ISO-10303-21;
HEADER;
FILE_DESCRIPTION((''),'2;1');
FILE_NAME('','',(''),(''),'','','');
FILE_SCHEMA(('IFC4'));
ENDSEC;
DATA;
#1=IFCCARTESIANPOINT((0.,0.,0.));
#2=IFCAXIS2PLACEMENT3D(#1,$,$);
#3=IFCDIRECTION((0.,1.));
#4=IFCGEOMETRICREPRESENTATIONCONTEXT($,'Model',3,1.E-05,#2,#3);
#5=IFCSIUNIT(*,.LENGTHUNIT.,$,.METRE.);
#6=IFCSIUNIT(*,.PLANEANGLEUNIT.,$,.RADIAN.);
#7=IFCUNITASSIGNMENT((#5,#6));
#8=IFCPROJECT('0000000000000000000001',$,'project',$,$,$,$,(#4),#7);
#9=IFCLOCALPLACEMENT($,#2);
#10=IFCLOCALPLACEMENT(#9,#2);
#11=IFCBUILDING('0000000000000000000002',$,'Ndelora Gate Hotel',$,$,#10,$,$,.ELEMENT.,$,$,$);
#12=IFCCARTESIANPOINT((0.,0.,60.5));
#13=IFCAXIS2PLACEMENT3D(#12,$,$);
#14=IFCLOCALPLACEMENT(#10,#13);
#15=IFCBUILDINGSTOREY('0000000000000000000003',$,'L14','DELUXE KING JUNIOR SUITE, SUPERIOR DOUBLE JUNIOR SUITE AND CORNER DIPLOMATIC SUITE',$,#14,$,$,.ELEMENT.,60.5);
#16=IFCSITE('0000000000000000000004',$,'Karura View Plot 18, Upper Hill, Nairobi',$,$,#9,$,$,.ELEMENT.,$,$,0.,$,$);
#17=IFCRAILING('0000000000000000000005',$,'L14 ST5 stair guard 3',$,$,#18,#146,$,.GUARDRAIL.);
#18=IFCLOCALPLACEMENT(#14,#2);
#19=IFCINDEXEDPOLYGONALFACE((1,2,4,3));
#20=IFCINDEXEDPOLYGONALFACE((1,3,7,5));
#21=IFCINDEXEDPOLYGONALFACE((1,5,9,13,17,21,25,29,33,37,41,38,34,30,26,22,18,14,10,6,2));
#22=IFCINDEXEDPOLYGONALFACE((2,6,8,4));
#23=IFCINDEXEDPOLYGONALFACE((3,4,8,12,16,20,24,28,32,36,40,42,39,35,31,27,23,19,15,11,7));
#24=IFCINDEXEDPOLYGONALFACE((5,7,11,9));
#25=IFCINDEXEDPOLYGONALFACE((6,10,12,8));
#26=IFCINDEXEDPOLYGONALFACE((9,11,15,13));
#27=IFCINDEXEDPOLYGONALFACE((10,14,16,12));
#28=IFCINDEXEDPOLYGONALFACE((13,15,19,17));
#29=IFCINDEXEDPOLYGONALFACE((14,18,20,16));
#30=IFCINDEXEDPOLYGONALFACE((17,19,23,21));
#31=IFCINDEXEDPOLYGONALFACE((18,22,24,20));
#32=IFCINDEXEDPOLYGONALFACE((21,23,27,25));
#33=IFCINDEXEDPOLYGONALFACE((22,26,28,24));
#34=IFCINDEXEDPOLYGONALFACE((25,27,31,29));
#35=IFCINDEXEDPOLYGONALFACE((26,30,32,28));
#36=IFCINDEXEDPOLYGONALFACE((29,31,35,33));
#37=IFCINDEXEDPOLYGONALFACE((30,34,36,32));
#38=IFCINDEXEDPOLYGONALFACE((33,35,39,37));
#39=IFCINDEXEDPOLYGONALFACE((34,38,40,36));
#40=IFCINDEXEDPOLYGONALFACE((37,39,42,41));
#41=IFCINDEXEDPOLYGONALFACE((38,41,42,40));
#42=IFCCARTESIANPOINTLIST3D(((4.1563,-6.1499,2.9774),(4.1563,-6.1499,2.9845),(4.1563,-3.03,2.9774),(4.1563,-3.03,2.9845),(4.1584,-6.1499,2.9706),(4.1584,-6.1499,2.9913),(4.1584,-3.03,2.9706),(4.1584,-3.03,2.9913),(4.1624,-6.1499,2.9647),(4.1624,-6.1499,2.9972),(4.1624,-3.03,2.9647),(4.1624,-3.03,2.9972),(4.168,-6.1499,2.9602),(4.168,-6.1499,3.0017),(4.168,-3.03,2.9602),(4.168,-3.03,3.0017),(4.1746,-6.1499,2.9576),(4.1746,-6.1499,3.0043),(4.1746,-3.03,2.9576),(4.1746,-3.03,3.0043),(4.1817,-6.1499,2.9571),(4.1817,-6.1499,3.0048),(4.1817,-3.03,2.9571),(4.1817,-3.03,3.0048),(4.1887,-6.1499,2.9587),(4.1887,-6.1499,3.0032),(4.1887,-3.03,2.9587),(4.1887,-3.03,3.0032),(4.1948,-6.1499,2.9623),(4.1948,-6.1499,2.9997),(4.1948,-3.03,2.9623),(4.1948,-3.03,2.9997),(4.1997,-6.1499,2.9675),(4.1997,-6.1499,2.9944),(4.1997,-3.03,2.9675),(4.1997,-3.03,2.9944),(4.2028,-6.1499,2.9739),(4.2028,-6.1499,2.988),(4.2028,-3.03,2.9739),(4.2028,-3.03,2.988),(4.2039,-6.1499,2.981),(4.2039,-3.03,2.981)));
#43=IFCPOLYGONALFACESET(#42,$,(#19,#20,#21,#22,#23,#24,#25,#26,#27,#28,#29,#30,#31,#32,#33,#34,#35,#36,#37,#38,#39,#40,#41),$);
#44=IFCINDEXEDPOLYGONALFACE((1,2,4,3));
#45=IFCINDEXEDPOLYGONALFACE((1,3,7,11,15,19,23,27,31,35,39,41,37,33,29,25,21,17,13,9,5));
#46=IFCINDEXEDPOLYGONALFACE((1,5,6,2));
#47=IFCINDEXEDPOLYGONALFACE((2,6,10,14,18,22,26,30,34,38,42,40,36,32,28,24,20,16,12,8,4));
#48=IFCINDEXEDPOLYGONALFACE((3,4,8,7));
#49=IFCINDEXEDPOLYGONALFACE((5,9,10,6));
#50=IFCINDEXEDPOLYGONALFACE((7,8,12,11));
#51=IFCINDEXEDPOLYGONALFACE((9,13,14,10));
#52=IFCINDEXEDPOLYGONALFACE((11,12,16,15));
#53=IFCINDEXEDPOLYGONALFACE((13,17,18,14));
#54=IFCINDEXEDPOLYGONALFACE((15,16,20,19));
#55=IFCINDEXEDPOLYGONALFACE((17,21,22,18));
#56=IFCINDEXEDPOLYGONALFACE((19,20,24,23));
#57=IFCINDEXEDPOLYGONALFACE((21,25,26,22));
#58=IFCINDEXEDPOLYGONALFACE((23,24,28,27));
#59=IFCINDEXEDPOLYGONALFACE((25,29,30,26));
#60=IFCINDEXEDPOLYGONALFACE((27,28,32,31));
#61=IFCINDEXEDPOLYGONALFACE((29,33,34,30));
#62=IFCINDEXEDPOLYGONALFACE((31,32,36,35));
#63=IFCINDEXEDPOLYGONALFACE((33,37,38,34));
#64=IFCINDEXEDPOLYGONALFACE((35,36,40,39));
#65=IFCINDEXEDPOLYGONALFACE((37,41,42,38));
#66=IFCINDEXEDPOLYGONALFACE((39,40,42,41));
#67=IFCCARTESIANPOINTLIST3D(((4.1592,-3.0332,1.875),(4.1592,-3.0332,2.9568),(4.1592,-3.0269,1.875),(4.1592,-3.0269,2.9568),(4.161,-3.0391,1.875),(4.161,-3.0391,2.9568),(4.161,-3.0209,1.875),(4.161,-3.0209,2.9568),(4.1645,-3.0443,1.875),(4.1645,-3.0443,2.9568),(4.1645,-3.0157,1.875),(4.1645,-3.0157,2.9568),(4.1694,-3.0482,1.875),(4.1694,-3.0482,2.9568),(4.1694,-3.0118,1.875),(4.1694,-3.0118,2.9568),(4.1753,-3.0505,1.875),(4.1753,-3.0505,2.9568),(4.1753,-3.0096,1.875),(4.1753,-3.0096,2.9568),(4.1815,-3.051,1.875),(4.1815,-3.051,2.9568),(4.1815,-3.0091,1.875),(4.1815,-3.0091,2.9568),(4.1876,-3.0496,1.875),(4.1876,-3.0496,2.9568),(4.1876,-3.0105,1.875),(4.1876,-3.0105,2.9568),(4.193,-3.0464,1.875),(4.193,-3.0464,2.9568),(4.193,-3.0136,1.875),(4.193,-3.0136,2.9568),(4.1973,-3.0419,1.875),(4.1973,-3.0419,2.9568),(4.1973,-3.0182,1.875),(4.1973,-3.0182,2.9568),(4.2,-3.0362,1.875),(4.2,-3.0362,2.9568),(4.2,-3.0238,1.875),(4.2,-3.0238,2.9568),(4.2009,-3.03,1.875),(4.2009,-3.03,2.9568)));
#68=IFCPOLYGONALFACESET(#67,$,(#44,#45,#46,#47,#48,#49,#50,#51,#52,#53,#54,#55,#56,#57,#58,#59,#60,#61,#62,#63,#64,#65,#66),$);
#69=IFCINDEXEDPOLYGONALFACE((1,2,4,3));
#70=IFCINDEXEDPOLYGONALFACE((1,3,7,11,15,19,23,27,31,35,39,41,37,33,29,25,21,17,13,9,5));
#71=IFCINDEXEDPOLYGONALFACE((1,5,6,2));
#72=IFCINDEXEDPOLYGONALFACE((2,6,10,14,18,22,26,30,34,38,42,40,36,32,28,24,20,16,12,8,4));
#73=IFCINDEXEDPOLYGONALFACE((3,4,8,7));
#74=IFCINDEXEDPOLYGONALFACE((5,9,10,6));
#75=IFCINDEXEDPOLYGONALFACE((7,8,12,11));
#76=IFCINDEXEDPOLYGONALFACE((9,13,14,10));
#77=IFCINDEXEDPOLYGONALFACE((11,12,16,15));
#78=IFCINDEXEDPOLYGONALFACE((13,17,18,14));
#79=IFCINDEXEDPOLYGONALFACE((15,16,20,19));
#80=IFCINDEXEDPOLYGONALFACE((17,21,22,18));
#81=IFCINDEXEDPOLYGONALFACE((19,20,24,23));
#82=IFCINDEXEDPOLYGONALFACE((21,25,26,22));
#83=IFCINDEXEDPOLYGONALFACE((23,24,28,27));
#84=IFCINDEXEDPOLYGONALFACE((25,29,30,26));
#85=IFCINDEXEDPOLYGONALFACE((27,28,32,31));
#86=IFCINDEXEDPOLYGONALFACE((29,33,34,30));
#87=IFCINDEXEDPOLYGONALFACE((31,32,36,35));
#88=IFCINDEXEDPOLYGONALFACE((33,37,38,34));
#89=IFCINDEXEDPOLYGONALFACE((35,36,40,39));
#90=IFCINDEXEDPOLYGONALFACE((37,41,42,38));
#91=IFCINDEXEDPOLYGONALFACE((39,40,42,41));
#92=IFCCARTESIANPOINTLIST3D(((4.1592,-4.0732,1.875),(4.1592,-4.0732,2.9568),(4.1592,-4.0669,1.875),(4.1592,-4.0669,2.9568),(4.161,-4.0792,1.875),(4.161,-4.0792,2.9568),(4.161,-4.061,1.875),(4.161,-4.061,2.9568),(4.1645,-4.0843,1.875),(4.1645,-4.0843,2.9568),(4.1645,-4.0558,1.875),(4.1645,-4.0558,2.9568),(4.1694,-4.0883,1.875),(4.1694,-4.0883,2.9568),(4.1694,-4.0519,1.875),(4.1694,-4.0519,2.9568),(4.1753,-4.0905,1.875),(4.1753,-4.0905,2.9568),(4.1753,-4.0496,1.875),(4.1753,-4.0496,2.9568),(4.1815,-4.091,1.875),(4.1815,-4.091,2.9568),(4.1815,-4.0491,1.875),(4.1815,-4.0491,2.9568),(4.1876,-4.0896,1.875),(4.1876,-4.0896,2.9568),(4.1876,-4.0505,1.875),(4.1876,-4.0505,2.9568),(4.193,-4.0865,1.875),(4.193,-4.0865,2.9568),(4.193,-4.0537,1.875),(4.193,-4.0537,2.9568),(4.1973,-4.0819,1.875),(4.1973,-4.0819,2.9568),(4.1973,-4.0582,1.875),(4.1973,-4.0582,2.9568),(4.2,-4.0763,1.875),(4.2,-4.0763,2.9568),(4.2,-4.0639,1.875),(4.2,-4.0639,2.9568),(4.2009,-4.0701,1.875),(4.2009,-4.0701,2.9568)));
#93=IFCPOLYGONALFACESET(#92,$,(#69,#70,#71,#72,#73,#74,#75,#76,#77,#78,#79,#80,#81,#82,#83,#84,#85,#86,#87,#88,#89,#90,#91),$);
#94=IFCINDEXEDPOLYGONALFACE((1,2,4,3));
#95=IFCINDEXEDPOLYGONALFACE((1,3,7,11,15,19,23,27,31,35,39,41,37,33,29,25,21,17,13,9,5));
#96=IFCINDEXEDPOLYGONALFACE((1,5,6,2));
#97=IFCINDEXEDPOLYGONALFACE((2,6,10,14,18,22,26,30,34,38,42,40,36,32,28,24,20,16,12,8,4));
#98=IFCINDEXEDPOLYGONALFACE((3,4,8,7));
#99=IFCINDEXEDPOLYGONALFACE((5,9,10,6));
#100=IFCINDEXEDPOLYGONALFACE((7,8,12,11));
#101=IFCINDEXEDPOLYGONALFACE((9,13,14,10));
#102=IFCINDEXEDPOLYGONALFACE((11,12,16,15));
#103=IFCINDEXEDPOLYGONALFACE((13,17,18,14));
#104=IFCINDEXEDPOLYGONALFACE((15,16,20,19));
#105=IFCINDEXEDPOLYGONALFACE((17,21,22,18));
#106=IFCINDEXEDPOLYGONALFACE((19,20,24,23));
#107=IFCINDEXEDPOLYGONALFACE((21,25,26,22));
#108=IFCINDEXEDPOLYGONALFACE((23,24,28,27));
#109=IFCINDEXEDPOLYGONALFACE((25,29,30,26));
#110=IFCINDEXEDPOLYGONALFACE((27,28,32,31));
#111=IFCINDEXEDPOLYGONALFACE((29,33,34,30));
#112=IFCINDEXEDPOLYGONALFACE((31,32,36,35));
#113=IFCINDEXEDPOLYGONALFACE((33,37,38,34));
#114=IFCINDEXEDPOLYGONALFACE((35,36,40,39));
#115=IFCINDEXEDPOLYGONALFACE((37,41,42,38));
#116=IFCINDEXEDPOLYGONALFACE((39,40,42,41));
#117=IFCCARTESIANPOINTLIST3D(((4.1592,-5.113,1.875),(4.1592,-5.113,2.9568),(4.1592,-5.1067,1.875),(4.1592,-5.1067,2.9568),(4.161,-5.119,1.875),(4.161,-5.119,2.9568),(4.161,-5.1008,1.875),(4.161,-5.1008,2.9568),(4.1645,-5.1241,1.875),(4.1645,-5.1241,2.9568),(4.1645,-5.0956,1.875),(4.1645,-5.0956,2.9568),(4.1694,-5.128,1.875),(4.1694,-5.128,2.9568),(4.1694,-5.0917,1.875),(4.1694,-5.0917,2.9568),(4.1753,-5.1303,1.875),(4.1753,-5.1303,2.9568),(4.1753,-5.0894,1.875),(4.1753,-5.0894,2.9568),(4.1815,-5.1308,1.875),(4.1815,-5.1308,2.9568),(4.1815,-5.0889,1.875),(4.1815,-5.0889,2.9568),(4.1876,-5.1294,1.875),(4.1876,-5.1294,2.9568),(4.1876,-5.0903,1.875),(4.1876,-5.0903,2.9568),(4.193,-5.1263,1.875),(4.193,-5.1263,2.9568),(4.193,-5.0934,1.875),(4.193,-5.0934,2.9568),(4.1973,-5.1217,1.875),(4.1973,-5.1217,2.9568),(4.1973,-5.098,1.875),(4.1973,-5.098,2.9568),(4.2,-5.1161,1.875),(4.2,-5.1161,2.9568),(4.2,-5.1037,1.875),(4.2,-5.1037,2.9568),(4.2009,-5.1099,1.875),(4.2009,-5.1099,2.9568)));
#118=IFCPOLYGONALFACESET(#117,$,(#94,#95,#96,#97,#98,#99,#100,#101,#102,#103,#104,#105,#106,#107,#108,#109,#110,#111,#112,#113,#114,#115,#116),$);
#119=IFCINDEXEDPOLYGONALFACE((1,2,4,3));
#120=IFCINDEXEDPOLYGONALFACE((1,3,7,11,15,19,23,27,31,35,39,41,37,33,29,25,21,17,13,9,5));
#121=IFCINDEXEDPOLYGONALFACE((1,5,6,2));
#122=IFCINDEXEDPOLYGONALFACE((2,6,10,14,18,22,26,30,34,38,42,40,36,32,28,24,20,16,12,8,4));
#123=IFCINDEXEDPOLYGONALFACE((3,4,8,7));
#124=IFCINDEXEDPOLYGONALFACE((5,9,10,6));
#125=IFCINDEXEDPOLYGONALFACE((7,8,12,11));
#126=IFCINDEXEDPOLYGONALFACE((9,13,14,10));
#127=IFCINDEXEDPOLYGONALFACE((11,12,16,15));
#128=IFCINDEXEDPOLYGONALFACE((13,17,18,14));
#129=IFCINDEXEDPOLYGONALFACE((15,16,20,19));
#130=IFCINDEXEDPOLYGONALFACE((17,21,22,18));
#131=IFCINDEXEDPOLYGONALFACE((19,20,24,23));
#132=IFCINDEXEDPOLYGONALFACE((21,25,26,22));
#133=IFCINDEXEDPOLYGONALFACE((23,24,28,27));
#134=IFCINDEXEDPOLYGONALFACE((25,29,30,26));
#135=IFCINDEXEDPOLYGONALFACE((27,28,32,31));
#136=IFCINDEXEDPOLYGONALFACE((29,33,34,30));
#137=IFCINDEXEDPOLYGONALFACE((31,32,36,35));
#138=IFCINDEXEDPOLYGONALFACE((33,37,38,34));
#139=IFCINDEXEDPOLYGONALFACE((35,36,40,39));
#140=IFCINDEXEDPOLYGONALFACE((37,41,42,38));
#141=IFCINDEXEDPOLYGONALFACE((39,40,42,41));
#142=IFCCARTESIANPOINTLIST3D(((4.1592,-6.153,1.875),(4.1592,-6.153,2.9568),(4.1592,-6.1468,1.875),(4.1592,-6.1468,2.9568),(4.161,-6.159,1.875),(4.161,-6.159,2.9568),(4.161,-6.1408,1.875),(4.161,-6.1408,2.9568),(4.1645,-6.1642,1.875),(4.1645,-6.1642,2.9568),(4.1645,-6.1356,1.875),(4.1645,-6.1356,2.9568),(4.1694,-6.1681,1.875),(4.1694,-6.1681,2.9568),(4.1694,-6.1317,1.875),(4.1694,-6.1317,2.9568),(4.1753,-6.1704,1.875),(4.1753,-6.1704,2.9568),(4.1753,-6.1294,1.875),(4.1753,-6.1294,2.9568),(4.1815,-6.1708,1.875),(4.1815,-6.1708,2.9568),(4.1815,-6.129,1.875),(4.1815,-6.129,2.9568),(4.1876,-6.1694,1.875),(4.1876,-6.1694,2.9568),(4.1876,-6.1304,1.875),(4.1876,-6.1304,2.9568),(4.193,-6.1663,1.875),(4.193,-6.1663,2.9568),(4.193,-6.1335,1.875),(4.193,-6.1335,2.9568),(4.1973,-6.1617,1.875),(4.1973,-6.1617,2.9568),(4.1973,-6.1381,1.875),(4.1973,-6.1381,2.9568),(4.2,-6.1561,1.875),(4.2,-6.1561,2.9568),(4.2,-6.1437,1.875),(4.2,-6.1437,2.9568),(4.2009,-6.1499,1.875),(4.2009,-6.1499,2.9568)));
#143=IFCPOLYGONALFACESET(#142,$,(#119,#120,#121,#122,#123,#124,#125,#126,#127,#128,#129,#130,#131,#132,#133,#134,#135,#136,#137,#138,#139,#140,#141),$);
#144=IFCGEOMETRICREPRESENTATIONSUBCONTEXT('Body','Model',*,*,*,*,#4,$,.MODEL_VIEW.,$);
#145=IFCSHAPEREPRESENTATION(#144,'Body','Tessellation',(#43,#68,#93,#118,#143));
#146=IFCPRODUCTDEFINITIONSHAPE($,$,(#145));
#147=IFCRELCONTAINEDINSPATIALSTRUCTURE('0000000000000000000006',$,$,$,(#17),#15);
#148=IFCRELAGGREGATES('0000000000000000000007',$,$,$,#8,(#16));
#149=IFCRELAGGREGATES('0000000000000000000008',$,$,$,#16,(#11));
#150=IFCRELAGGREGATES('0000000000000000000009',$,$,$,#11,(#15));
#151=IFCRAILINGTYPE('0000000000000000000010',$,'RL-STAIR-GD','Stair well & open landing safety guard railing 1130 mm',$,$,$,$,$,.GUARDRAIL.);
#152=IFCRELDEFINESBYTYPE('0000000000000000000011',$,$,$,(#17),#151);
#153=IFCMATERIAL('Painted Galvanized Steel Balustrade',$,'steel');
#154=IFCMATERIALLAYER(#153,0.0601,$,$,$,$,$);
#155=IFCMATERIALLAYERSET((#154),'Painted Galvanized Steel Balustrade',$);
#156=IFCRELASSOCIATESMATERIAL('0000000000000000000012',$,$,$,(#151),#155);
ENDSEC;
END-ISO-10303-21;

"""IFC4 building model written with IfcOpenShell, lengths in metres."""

from ifc_helpers import new_model, si_unit, direction, frame, origin, origin_2d, place, context, subcontext, project, spatial, circle, extrude, material, layer, layer_set, type_object, element, save


model = new_model("IFC4")

# Units and contexts
model_context = context("Model", 3, precision=1e-05, world=origin(), true_north=direction((0.0, 1.0)))
body_context = subcontext(model_context, "Body", "Model", "MODEL_VIEW")
ifc_project = project(units=[si_unit("LENGTHUNIT", "METRE"), si_unit("PLANEANGLEUNIT", "RADIAN")], contexts=[model_context])

# Site, building, storey
site_placement = place(None, origin())
site = spatial("IfcSite", under=ifc_project, at=site_placement, Name="Karura View Plot 18, Upper Hill, Nairobi", CompositionType="ELEMENT", RefElevation=0.0)
building_placement = place(site_placement, origin())
building = spatial("IfcBuilding", under=site, at=building_placement, Name="Ndelora Gate Hotel", CompositionType="ELEMENT")
storey_placement = place(building_placement, frame((0.0, 0.0, 60.5)))
storey = spatial("IfcBuildingStorey", under=building, at=storey_placement, Name="L14", Description="DELUXE KING JUNIOR SUITE, SUPERIOR DOUBLE JUNIOR SUITE AND CORNER DIPLOMATIC SUITE", CompositionType="ELEMENT", Elevation=60.5)

# Railing
ifc_material_1 = material(Name="Painted Galvanized Steel Balustrade", Category="steel")
ifc_layer_1 = layer(ifc_material_1, 0.0601)
ifc_layer_set_1 = layer_set([ifc_layer_1], Name="Painted Galvanized Steel Balustrade")
railing_type = type_object("IfcRailingType", Name="RL-STAIR-GD", Description="Stair well & open landing safety guard railing 1130 mm", PredefinedType="GUARDRAIL", material=ifc_layer_set_1)
for number, where, name in (
    (1, (4.1799, -3.03, 1.875), "L14 ST5 stair guard 3"),
):
    element("IfcRailing", number, at=place(storey_placement, frame(where)), inside=storey, type_object=railing_type, Name=name, PredefinedType="GUARDRAIL", context=body_context, shape_type="SweptSolid", body=[
        extrude(circle(Radius=0.0239, at=origin_2d()), frame((0.0, 0.0, 1.106), z_axis=(0.0, -1.0, 0.0), x_axis=(1.0, 0.0, 0.0)), (0.0, 0.0, 1.0), 3.1199),
        extrude(circle(Radius=0.021, at=origin_2d()), origin(), (0.0, 0.0, 1.0), 1.0818),
        extrude(circle(Radius=0.021, at=origin_2d()), frame((0.0, -1.04, 0.0)), (0.0, 0.0, 1.0), 1.0818),
        extrude(circle(Radius=0.021, at=origin_2d()), frame((0.0, -2.0798, 0.0)), (0.0, 0.0, 1.0), 1.0818),
        extrude(circle(Radius=0.021, at=origin_2d()), frame((0.0, -3.1199, 0.0)), (0.0, 0.0, 1.0), 1.0818),
    ])

save(model, "model.ifc")
